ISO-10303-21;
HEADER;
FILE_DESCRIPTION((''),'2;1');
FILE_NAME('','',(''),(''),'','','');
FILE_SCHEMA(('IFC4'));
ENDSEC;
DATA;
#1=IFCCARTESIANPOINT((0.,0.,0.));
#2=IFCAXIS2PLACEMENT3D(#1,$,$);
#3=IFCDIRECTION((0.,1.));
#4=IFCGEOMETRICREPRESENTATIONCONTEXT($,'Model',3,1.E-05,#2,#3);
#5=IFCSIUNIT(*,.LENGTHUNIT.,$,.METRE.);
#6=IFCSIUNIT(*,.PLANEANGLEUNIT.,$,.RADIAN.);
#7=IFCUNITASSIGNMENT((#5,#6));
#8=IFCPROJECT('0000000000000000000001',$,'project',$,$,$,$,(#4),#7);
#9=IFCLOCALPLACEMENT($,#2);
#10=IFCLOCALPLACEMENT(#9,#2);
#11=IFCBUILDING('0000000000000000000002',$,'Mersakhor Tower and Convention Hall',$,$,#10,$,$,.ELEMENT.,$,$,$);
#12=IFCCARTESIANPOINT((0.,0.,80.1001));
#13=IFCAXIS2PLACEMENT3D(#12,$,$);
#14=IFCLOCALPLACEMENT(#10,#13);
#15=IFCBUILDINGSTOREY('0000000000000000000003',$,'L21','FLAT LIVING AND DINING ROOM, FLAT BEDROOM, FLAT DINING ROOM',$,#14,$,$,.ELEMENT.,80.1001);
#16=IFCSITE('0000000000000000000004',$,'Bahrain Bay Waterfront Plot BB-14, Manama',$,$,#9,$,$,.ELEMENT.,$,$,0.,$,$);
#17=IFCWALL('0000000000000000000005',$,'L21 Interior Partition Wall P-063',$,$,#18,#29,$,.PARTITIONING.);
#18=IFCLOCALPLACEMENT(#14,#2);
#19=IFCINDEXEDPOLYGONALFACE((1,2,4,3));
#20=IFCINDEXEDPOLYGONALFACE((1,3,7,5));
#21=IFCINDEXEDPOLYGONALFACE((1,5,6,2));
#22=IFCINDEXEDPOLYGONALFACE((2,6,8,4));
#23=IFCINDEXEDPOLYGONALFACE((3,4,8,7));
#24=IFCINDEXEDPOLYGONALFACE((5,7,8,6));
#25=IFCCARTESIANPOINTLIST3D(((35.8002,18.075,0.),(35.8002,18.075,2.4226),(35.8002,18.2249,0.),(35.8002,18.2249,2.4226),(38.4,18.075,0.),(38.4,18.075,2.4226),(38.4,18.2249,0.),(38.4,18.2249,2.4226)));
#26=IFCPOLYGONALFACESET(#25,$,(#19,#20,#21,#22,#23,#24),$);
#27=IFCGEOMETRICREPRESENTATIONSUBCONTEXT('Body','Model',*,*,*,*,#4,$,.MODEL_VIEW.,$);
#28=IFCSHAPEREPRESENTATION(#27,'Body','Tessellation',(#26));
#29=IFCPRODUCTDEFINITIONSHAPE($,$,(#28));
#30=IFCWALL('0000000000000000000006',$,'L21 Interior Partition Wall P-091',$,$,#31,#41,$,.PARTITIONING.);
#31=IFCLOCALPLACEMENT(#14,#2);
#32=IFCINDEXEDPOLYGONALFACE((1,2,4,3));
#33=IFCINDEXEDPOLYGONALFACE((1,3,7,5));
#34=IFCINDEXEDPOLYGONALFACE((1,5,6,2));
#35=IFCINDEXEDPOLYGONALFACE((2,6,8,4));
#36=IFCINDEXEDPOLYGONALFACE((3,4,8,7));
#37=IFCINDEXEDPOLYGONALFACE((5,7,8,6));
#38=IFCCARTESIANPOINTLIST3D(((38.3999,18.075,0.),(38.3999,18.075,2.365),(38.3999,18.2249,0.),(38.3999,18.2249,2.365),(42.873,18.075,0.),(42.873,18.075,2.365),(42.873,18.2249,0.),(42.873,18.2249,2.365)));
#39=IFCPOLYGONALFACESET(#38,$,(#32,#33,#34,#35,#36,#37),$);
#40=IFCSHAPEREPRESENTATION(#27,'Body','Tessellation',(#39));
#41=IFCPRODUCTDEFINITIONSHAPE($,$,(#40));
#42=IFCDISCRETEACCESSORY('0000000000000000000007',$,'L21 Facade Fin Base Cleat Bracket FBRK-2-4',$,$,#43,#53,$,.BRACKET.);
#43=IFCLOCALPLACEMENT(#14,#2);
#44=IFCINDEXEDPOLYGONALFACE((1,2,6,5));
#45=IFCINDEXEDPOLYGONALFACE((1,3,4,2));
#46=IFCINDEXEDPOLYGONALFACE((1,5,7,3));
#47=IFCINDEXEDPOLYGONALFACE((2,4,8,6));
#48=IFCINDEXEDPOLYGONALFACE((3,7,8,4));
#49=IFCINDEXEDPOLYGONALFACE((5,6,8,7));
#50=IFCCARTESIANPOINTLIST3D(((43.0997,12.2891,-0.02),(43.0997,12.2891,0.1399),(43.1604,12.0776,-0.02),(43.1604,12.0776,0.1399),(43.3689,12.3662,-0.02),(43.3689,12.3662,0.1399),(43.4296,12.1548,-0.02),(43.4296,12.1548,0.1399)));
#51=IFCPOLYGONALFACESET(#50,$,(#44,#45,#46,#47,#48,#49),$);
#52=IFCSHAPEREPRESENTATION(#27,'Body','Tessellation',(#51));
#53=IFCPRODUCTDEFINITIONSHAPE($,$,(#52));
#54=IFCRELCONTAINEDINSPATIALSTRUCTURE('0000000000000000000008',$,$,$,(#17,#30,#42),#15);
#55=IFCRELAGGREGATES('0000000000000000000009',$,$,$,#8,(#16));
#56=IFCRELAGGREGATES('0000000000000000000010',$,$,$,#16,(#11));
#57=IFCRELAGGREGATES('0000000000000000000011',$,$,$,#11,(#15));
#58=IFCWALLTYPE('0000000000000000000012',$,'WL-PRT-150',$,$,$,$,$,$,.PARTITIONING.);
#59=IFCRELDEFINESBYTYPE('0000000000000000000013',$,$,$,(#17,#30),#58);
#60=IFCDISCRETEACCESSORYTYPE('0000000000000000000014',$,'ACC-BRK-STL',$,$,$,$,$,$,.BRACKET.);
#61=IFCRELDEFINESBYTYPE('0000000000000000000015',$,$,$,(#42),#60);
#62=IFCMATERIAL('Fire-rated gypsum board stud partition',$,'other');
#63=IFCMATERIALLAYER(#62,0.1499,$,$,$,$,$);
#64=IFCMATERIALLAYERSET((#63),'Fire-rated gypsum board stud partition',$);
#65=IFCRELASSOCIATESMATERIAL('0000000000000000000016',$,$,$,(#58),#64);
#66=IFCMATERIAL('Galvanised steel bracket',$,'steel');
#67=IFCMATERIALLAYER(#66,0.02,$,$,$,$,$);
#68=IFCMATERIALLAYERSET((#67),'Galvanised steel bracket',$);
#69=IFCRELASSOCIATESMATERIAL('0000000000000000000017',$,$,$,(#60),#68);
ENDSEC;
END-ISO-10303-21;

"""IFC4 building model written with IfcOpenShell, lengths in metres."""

from ifc_helpers import new_model, si_unit, direction, frame, frame_2d, origin, origin_2d, place, context, subcontext, project, spatial, rectangle, extrude, material, layer, layer_set, type_object, element, save


model = new_model("IFC4")

# Units and contexts
model_context = context("Model", 3, precision=1e-05, world=origin(), true_north=direction((0.0, 1.0)))
body_context = subcontext(model_context, "Body", "Model", "MODEL_VIEW")
ifc_project = project(units=[si_unit("LENGTHUNIT", "METRE"), si_unit("PLANEANGLEUNIT", "RADIAN")], contexts=[model_context])

# Site, building, storey
site_placement = place(None, origin())
site = spatial("IfcSite", under=ifc_project, at=site_placement, Name="Bahrain Bay Waterfront Plot BB-14, Manama", CompositionType="ELEMENT", RefElevation=0.0)
building_placement = place(site_placement, origin())
building = spatial("IfcBuilding", under=site, at=building_placement, Name="Mersakhor Tower and Convention Hall", CompositionType="ELEMENT")
storey_placement = place(building_placement, frame((0.0, 0.0, 80.1001)))
storey = spatial("IfcBuildingStorey", under=building, at=storey_placement, Name="L21", Description="FLAT LIVING AND DINING ROOM, FLAT BEDROOM, FLAT DINING ROOM", CompositionType="ELEMENT", Elevation=80.1001)

# Walls
ifc_material_1 = material(Name="Fire-rated gypsum board stud partition", Category="other")
ifc_layer_1 = layer(ifc_material_1, 0.1499)
ifc_layer_set_1 = layer_set([ifc_layer_1], Name="Fire-rated gypsum board stud partition")
wall_type_1 = type_object("IfcWallType", Name="WL-PRT-150", PredefinedType="PARTITIONING", material=ifc_layer_set_1)
wall_1_placement = place(storey_placement, frame((38.3999, 18.1499, 0.0), z_axis=(0.0, 0.0, 1.0), x_axis=(-1.0, 0.0, 0.0)))
element("IfcWall", 1, at=wall_1_placement, inside=storey, type_object=wall_type_1, Name="L21 Interior Partition Wall P-063", PredefinedType="PARTITIONING", context=body_context, shape_type="SweptSolid", body=[
    extrude(rectangle(XDim=2.5999, YDim=0.1499, at=frame_2d((1.2998, 0.0))), origin(), (0.0, 0.0, 1.0), 2.4226),
])
wall_2_placement = place(storey_placement, frame((38.3999, 18.1499, 0.0), z_axis=(0.0, 0.0, 1.0), x_axis=(1.0, 0.0, 0.0)))
element("IfcWall", 2, at=wall_2_placement, inside=storey, type_object=wall_type_1, Name="L21 Interior Partition Wall P-091", PredefinedType="PARTITIONING", context=body_context, shape_type="SweptSolid", body=[
    extrude(rectangle(XDim=4.4731, YDim=0.1499, at=frame_2d((2.2366, 0.0))), origin(), (0.0, 0.0, 1.0), 2.365),
])

# Discrete accessory
ifc_material_2 = material(Name="Galvanised steel bracket", Category="steel")
ifc_layer_2 = layer(ifc_material_2, 0.02)
ifc_layer_set_2 = layer_set([ifc_layer_2], Name="Galvanised steel bracket")
discrete_accessory_type = type_object("IfcDiscreteAccessoryType", Name="ACC-BRK-STL", PredefinedType="BRACKET", material=ifc_layer_set_2)
discrete_accessory_placement = place(storey_placement, frame((43.2646, 12.2219, -0.02), z_axis=(0.0, 0.0, 1.0), x_axis=(0.961262, 0.275637, 0.0)))
element("IfcDiscreteAccessory", 3, at=discrete_accessory_placement, inside=storey, type_object=discrete_accessory_type, Name="L21 Facade Fin Base Cleat Bracket FBRK-2-4", PredefinedType="BRACKET", context=body_context, shape_type="SweptSolid", body=[
    extrude(rectangle(XDim=0.28, YDim=0.22, at=origin_2d()), origin(), (0.0, 0.0, 1.0), 0.1599),
])

save(model, "model.ifc")
